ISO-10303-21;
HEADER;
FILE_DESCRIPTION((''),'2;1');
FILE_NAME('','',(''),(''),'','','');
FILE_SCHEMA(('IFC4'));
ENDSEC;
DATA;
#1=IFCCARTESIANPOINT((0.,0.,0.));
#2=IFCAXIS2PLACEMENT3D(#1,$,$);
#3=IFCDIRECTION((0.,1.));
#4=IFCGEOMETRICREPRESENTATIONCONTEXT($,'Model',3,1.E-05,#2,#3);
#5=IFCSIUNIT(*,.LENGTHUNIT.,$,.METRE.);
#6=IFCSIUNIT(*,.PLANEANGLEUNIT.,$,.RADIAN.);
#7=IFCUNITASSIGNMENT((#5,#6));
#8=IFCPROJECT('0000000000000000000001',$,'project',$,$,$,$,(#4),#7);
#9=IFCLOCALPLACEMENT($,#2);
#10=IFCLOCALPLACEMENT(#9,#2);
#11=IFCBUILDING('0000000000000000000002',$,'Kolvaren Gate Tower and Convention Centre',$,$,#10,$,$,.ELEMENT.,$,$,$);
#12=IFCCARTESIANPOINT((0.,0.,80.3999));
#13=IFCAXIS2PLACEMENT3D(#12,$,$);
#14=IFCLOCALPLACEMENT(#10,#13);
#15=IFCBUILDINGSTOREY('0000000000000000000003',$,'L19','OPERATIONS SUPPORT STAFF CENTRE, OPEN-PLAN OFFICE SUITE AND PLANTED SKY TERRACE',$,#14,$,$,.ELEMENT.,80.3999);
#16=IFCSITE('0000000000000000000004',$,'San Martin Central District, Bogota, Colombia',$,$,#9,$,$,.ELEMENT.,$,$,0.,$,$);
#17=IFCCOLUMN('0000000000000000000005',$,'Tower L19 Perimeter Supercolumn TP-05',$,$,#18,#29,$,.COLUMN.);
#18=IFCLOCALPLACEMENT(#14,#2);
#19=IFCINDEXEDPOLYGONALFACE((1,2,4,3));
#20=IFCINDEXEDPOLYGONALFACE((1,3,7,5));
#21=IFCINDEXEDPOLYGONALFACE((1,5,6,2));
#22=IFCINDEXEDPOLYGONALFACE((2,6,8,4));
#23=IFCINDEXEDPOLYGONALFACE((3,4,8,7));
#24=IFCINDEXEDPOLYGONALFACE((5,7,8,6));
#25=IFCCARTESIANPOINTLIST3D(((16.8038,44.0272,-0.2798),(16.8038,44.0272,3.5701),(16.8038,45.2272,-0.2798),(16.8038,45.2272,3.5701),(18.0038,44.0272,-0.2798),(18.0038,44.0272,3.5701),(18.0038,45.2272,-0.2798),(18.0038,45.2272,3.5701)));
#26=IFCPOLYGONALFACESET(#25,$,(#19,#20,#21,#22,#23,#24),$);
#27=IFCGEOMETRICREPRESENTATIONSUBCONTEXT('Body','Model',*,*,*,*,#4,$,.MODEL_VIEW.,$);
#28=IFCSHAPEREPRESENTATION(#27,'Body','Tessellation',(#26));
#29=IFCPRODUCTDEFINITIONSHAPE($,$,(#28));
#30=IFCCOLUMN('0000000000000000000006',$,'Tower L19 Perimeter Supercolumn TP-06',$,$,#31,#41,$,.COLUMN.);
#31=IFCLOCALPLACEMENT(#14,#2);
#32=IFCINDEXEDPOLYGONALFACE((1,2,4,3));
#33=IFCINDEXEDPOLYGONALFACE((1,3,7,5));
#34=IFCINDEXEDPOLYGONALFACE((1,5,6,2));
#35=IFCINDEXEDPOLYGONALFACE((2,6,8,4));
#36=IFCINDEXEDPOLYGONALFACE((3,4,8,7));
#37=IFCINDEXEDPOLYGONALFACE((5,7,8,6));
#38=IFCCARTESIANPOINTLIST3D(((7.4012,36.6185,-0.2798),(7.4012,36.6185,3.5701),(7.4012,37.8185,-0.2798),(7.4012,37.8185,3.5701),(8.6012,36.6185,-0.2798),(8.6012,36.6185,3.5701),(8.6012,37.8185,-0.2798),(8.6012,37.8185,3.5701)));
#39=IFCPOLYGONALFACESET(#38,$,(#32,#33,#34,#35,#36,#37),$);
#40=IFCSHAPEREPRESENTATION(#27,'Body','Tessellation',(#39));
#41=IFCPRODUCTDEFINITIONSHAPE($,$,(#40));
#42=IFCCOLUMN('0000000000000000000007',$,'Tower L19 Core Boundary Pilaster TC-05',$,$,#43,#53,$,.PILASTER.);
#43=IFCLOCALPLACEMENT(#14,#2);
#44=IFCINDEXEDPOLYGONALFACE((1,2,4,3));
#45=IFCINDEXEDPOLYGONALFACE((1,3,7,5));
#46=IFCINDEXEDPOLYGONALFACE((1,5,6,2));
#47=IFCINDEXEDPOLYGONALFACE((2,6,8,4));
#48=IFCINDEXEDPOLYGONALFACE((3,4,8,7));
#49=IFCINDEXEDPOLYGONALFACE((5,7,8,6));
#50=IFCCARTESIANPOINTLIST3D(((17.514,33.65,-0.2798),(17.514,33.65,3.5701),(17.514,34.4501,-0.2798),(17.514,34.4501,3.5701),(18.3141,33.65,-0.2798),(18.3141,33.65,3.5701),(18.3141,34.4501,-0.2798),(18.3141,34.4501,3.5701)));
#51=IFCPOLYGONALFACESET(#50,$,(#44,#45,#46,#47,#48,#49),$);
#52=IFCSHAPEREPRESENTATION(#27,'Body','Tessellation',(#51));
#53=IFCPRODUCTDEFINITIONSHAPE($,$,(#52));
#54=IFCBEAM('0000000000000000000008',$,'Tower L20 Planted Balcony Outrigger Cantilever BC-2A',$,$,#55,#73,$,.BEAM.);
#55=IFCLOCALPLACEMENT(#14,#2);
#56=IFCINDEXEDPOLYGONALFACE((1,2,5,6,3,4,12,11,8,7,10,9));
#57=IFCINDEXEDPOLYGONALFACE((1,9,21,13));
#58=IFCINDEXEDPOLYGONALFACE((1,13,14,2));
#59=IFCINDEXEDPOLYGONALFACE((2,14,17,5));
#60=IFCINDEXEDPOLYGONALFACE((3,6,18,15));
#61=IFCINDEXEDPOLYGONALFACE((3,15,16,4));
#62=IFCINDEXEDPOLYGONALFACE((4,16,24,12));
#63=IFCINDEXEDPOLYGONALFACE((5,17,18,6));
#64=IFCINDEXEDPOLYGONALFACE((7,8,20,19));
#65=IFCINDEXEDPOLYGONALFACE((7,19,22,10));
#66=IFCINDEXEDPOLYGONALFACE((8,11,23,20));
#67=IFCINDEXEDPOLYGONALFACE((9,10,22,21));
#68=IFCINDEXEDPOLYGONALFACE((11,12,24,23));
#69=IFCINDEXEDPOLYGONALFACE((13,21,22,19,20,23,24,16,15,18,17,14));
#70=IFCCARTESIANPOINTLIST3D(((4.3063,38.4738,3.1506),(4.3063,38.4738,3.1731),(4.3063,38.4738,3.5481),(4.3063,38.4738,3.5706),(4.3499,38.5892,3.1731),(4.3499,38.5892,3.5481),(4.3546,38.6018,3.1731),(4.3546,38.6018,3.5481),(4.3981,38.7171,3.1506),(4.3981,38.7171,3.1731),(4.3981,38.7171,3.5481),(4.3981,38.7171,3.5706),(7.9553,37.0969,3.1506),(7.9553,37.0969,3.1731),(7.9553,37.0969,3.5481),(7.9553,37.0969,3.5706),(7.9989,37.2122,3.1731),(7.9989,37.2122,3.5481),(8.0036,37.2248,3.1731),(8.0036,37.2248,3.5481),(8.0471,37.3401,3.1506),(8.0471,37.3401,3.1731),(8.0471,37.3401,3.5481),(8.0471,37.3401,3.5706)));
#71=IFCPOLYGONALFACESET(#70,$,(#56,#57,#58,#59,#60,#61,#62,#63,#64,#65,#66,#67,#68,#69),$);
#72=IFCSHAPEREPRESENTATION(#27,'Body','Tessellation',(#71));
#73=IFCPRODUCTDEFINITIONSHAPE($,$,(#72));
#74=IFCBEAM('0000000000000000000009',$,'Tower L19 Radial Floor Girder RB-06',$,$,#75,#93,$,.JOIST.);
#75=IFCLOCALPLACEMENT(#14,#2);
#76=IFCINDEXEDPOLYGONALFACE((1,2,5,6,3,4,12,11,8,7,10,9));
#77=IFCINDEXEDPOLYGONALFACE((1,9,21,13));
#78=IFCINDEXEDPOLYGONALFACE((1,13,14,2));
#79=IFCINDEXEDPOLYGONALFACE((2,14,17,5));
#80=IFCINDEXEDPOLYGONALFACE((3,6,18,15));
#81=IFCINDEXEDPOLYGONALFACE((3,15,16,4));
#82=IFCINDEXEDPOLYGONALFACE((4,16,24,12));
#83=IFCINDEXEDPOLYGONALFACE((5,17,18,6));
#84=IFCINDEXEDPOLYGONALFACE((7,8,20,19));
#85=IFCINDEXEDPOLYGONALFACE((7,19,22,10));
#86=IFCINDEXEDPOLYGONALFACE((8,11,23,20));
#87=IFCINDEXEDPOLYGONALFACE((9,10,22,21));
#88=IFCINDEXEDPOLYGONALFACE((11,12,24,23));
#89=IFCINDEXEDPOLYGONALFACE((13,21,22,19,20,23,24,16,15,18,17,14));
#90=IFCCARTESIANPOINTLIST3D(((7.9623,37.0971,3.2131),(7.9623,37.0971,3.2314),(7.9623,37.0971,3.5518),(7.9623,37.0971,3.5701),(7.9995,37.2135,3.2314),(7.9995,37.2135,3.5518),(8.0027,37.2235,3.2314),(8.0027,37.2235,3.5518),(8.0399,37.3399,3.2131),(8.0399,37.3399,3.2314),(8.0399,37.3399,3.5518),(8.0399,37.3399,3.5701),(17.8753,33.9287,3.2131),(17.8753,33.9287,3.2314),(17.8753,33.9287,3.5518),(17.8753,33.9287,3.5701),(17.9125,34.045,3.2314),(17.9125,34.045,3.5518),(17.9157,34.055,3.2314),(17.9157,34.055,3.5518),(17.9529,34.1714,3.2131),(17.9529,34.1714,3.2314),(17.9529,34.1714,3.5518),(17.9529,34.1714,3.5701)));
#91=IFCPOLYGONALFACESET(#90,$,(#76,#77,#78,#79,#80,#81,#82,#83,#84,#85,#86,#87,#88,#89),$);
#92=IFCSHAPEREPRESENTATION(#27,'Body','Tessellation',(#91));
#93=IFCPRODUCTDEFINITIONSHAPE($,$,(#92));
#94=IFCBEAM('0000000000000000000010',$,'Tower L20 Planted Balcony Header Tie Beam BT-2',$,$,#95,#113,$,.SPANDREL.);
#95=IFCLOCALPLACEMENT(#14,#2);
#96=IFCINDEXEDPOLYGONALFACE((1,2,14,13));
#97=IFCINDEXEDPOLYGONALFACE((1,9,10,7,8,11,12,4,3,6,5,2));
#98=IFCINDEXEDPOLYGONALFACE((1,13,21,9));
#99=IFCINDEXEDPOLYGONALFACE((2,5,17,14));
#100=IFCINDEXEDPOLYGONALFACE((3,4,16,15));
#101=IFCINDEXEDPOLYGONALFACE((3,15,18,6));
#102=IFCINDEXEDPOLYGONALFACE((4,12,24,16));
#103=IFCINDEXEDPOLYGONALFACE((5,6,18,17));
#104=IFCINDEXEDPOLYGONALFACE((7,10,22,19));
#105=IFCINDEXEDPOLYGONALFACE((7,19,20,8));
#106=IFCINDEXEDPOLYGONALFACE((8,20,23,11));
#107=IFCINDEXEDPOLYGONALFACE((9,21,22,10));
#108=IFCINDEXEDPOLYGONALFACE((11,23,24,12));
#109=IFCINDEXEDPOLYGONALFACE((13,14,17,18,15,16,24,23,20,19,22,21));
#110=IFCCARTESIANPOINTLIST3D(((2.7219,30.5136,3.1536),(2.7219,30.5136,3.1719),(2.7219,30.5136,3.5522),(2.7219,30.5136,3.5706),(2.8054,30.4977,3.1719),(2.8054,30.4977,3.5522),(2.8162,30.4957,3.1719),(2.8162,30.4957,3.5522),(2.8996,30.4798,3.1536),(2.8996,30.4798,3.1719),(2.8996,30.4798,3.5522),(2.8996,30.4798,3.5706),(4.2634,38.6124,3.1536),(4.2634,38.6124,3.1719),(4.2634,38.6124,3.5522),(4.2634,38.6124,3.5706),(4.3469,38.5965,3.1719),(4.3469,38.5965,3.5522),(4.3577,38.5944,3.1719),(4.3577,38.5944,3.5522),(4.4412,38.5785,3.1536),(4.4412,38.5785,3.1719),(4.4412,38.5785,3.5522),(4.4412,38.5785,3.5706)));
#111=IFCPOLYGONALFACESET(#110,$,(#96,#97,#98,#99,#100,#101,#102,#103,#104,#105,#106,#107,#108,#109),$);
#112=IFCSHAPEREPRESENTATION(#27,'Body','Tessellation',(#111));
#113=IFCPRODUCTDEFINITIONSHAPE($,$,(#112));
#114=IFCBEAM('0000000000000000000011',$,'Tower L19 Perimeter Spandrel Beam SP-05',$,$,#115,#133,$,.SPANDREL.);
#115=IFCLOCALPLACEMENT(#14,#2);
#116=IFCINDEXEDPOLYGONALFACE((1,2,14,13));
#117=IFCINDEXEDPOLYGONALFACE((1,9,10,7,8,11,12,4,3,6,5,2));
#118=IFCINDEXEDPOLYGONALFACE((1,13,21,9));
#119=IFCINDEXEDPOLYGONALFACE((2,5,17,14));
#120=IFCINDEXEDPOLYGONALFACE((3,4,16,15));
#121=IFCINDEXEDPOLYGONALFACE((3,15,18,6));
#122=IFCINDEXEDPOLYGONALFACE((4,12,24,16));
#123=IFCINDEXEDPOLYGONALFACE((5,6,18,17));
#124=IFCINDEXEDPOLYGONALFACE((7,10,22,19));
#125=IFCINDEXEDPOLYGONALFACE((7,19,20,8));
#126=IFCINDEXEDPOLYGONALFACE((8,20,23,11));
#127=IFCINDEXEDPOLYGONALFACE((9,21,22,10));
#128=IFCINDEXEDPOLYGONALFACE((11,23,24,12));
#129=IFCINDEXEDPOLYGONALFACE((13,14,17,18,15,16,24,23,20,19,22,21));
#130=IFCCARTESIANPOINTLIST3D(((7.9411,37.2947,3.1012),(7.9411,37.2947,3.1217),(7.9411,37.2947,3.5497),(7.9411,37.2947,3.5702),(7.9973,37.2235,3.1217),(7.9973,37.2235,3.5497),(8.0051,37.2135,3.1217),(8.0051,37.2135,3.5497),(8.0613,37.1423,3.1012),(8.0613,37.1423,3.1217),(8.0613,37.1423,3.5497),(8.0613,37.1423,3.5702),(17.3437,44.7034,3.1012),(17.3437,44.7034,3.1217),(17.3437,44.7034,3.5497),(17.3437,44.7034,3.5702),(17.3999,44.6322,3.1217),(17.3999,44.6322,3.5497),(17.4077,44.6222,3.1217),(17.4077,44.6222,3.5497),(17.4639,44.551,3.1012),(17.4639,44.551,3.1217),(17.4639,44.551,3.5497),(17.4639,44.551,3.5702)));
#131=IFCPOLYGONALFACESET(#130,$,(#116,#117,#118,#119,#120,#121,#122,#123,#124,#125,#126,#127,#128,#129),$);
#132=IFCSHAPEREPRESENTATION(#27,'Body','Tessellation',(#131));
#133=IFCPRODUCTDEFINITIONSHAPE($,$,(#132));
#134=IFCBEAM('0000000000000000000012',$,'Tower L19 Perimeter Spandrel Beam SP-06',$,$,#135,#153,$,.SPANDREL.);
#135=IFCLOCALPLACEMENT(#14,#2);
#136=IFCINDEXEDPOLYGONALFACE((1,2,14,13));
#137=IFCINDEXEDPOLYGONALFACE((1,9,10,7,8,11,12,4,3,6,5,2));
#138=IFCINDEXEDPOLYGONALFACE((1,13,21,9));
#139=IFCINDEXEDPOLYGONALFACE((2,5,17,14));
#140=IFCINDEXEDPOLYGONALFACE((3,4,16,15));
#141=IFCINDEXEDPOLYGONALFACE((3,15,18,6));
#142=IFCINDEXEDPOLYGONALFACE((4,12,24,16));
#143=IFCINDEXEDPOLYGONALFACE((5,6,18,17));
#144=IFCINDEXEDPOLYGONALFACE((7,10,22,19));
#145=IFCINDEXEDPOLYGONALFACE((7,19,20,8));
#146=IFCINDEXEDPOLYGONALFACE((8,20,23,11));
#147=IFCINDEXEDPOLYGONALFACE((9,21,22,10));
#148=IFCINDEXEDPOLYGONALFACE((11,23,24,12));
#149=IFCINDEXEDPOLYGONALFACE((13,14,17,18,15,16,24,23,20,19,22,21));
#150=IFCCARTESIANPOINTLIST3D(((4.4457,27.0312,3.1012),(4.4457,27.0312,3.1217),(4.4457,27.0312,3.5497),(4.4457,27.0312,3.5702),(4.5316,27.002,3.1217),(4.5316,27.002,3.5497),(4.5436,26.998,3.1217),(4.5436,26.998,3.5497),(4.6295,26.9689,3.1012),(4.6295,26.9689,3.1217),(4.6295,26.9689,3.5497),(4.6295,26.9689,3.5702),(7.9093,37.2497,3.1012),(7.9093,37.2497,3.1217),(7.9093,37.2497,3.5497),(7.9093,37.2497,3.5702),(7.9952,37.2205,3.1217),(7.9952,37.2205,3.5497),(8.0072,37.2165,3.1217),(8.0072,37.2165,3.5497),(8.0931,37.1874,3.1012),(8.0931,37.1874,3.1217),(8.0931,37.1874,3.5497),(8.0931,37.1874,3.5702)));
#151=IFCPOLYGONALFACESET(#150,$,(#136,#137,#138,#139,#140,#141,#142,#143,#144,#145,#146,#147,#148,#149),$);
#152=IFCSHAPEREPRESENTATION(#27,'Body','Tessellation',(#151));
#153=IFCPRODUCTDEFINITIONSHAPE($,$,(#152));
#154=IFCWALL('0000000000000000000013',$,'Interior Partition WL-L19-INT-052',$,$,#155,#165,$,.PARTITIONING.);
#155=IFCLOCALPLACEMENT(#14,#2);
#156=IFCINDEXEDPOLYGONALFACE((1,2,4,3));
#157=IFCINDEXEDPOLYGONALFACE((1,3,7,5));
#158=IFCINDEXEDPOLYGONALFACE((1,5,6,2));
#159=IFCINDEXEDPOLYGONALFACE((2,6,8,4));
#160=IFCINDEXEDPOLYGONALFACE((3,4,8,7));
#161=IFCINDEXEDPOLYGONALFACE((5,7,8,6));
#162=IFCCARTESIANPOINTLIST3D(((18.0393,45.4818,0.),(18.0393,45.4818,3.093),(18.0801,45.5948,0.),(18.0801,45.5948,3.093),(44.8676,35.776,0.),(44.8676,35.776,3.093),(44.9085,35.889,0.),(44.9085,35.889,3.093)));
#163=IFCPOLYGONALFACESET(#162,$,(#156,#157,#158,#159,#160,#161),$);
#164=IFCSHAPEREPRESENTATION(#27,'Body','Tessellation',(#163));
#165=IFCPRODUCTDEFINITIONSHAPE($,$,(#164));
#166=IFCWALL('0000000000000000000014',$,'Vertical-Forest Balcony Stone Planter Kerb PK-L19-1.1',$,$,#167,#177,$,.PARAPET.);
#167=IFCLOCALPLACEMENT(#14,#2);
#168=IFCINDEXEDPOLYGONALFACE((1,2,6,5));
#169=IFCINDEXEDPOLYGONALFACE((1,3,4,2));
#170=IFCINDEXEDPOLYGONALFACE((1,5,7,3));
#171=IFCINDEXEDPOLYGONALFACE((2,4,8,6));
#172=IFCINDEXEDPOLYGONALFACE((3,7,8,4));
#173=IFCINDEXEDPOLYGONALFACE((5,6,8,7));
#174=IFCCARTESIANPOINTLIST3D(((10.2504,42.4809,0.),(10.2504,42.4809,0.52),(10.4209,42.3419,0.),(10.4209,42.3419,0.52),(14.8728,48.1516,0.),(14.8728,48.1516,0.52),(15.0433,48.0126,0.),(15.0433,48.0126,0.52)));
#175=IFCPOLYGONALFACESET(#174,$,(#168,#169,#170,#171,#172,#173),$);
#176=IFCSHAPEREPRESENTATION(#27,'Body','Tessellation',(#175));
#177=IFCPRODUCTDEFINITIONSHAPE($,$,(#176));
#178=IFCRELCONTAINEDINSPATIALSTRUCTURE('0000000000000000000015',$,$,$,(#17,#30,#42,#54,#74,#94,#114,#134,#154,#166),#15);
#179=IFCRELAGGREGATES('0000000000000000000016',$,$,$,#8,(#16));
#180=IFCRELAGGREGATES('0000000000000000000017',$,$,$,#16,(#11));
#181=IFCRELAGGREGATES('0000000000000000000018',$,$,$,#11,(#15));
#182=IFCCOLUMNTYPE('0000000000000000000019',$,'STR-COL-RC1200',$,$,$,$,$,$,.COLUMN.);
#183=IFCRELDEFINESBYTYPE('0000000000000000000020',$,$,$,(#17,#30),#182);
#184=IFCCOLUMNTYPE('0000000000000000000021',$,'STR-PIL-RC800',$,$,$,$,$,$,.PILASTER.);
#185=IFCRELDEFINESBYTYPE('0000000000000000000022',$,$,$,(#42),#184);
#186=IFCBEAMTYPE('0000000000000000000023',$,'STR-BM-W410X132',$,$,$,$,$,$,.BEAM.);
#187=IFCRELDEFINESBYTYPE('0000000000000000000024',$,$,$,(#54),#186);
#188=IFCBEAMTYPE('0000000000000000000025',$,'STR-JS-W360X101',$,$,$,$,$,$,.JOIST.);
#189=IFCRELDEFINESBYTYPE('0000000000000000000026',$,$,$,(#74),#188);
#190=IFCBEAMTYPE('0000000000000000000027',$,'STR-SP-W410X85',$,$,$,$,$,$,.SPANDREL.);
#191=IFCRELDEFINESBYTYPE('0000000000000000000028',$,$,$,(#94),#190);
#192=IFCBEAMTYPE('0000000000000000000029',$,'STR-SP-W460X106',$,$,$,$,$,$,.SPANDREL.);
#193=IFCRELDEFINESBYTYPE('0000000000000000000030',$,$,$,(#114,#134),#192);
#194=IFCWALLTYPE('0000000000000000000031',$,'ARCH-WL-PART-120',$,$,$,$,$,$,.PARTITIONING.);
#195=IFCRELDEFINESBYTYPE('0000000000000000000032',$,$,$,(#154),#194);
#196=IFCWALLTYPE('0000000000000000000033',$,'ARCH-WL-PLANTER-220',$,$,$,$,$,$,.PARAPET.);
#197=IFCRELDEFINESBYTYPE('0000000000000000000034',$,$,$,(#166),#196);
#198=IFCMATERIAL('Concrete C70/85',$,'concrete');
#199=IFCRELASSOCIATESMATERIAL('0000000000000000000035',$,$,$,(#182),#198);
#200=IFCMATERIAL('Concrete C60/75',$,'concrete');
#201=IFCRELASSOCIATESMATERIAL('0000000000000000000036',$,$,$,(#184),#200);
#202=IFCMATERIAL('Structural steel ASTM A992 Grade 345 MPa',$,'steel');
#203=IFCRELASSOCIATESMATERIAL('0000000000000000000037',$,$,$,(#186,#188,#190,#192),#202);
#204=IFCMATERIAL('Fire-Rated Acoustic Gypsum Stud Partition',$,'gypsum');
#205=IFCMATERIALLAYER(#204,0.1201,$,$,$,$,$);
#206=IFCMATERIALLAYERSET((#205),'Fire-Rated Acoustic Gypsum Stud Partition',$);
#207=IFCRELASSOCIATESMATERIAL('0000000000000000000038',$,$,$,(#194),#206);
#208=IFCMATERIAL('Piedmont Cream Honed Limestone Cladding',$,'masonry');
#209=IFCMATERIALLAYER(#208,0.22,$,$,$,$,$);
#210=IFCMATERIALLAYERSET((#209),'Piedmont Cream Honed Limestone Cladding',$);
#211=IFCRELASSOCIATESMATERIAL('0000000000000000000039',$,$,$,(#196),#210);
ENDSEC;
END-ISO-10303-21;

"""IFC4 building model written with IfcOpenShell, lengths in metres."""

from ifc_helpers import new_model, si_unit, direction, frame, frame_2d, origin, origin_2d, place, context, subcontext, project, spatial, rectangle, i_section, extrude, material, layer, layer_set, material_profile, profile_set, type_object, element, save


model = new_model("IFC4")

# Units and contexts
model_context = context("Model", 3, precision=1e-05, world=origin(), true_north=direction((0.0, 1.0)))
body_context = subcontext(model_context, "Body", "Model", "MODEL_VIEW")
ifc_project = project(units=[si_unit("LENGTHUNIT", "METRE"), si_unit("PLANEANGLEUNIT", "RADIAN")], contexts=[model_context])

# Site, building, storey
site_placement = place(None, origin())
site = spatial("IfcSite", under=ifc_project, at=site_placement, Name="San Martin Central District, Bogota, Colombia", CompositionType="ELEMENT", RefElevation=0.0)
building_placement = place(site_placement, origin())
building = spatial("IfcBuilding", under=site, at=building_placement, Name="Kolvaren Gate Tower and Convention Centre", CompositionType="ELEMENT")
storey_placement = place(building_placement, frame((0.0, 0.0, 80.3999)))
storey = spatial("IfcBuildingStorey", under=building, at=storey_placement, Name="L19", Description="OPERATIONS SUPPORT STAFF CENTRE, OPEN-PLAN OFFICE SUITE AND PLANTED SKY TERRACE", CompositionType="ELEMENT", Elevation=80.3999)

# Columns
ifc_material_1 = material(Name="Concrete C70/85", Category="concrete")
ifc_material_profile_1 = material_profile(ifc_material_1, rectangle(XDim=1.2, YDim=1.2, at=origin_2d()), Name="RC-COL-1200X1200")
ifc_profile_set_1 = profile_set([ifc_material_profile_1], Name="Concrete C70/85")
column_type_1 = type_object("IfcColumnType", Name="STR-COL-RC1200", PredefinedType="COLUMN", material=ifc_profile_set_1)
for number, where, z_axis, x_axis, name in (
    (1, (17.4038, 44.6272, -0.2798), (0.0, 0.0, 1.0), (1.0, 0.0, 0.0), "Tower L19 Perimeter Supercolumn TP-05"),
    (2, (8.0012, 37.2185, -0.2798), (0.0, 0.0, 1.0), (1.0, 0.0, 0.0), "Tower L19 Perimeter Supercolumn TP-06"),
):
    element("IfcColumn", number, at=place(storey_placement, frame(where, z_axis=z_axis, x_axis=x_axis)), inside=storey, type_object=column_type_1, Name=name, PredefinedType="COLUMN", context=body_context, shape_type="SweptSolid", body=[
        extrude(rectangle(XDim=1.2, YDim=1.2, at=origin_2d()), origin(), (0.0, 0.0, 1.0), 3.8499),
    ])
ifc_material_2 = material(Name="Concrete C60/75", Category="concrete")
ifc_material_profile_2 = material_profile(ifc_material_2, rectangle(XDim=0.8, YDim=0.8, at=origin_2d()), Name="RC-COL-800X800")
ifc_profile_set_2 = profile_set([ifc_material_profile_2], Name="Concrete C60/75")
column_type_2 = type_object("IfcColumnType", Name="STR-PIL-RC800", PredefinedType="PILASTER", material=ifc_profile_set_2)
column_placement = place(storey_placement, frame((17.9141, 34.05, -0.2798), z_axis=(0.0, 0.0, 1.0), x_axis=(1.0, 0.0, 0.0)))
element("IfcColumn", 3, at=column_placement, inside=storey, type_object=column_type_2, Name="Tower L19 Core Boundary Pilaster TC-05", PredefinedType="PILASTER", context=body_context, shape_type="SweptSolid", body=[
    extrude(rectangle(XDim=0.8, YDim=0.8, at=origin_2d()), origin(), (0.0, 0.0, 1.0), 3.8499),
])

# Beams
ifc_material_3 = material(Name="Structural steel ASTM A992 Grade 345 MPa", Category="steel")
ifc_material_profile_3 = material_profile(ifc_material_3, i_section(OverallWidth=0.26, OverallDepth=0.4199, WebThickness=0.0134, FlangeThickness=0.0225, at=origin_2d()), Name="W410X132")
ifc_profile_set_3 = profile_set([ifc_material_profile_3], Name="Structural steel ASTM A992 Grade 345 MPa")
beam_type_1 = type_object("IfcBeamType", Name="STR-BM-W410X132", PredefinedType="BEAM", material=ifc_profile_set_3)
beam_1_placement = place(storey_placement, frame((8.0012, 37.2185, 3.3606), z_axis=(-0.935602, 0.353057, 0.0), x_axis=(-0.353057, -0.935602, 0.0)))
element("IfcBeam", 4, at=beam_1_placement, inside=storey, type_object=beam_type_1, Name="Tower L20 Planted Balcony Outrigger Cantilever BC-2A", PredefinedType="BEAM", context=body_context, shape_type="SweptSolid", body=[
    extrude(i_section(OverallWidth=0.26, OverallDepth=0.4199, WebThickness=0.0134, FlangeThickness=0.0225, at=origin_2d()), origin(), (0.0, 0.0, 1.0), 3.9001),
])
ifc_material_profile_4 = material_profile(ifc_material_3, i_section(OverallWidth=0.2549, OverallDepth=0.3569, WebThickness=0.0105, FlangeThickness=0.0183, at=origin_2d()), Name="W360X101")
ifc_profile_set_4 = profile_set([ifc_material_profile_4], Name="Structural steel ASTM A992 Grade 345 MPa")
beam_type_2 = type_object("IfcBeamType", Name="STR-JS-W360X101", PredefinedType="JOIST", material=ifc_profile_set_4)
beam_2_placement = place(storey_placement, frame((17.9141, 34.05, 3.3916), z_axis=(-0.952526, 0.304457, 0.0), x_axis=(-0.304457, -0.952526, 0.0)))
element("IfcBeam", 5, at=beam_2_placement, inside=storey, type_object=beam_type_2, Name="Tower L19 Radial Floor Girder RB-06", PredefinedType="JOIST", context=body_context, shape_type="SweptSolid", body=[
    extrude(i_section(OverallWidth=0.2549, OverallDepth=0.3569, WebThickness=0.0105, FlangeThickness=0.0183, at=origin_2d()), origin(), (0.0, 0.0, 1.0), 10.407),
])
ifc_material_profile_5 = material_profile(ifc_material_3, i_section(OverallWidth=0.1809, OverallDepth=0.417, WebThickness=0.011, FlangeThickness=0.0183, at=origin_2d()), Name="W410X85")
ifc_profile_set_5 = profile_set([ifc_material_profile_5], Name="Structural steel ASTM A992 Grade 345 MPa")
beam_type_3 = type_object("IfcBeamType", Name="STR-SP-W410X85", PredefinedType="SPANDREL", material=ifc_profile_set_5)
beam_3_placement = place(storey_placement, frame((4.3523, 38.5955, 3.3621), z_axis=(-0.186984, -0.982363, 0.0), x_axis=(0.982363, -0.186984, 0.0)))
element("IfcBeam", 6, at=beam_3_placement, inside=storey, type_object=beam_type_3, Name="Tower L20 Planted Balcony Header Tie Beam BT-2", PredefinedType="SPANDREL", context=body_context, shape_type="SweptSolid", body=[
    extrude(i_section(OverallWidth=0.1809, OverallDepth=0.417, WebThickness=0.011, FlangeThickness=0.0183, at=origin_2d()), origin(), (0.0, 0.0, 1.0), 8.2441),
])
ifc_material_profile_6 = material_profile(ifc_material_3, i_section(OverallWidth=0.1941, OverallDepth=0.469, WebThickness=0.0127, FlangeThickness=0.0205, at=origin_2d()), Name="W460X106")
ifc_profile_set_6 = profile_set([ifc_material_profile_6], Name="Structural steel ASTM A992 Grade 345 MPa")
beam_type_4 = type_object("IfcBeamType", Name="STR-SP-W460X106", PredefinedType="SPANDREL", material=ifc_profile_set_6)
beam_4_placement = place(storey_placement, frame((17.4038, 44.6272, 3.3357), z_axis=(-0.785468, -0.618903, 0.0), x_axis=(0.618903, -0.785468, 0.0)))
element("IfcBeam", 7, at=beam_4_placement, inside=storey, type_object=beam_type_4, Name="Tower L19 Perimeter Spandrel Beam SP-05", PredefinedType="SPANDREL", context=body_context, shape_type="SweptSolid", body=[
    extrude(i_section(OverallWidth=0.1941, OverallDepth=0.469, WebThickness=0.0127, FlangeThickness=0.0205, at=origin_2d()), origin(), (0.0, 0.0, 1.0), 11.9707),
])
beam_5_placement = place(storey_placement, frame((8.0012, 37.2185, 3.3357), z_axis=(-0.321016, -0.947074, 0.0), x_axis=(0.947074, -0.321016, 0.0)))
element("IfcBeam", 8, at=beam_5_placement, inside=storey, type_object=beam_type_4, Name="Tower L19 Perimeter Spandrel Beam SP-06", PredefinedType="SPANDREL", context=body_context, shape_type="SweptSolid", body=[
    extrude(i_section(OverallWidth=0.1941, OverallDepth=0.469, WebThickness=0.0127, FlangeThickness=0.0205, at=origin_2d()), origin(), (0.0, 0.0, 1.0), 10.7896),
])

# Walls
ifc_material_4 = material(Name="Fire-Rated Acoustic Gypsum Stud Partition", Category="gypsum")
ifc_layer_1 = layer(ifc_material_4, 0.1201)
ifc_layer_set_1 = layer_set([ifc_layer_1], Name="Fire-Rated Acoustic Gypsum Stud Partition")
wall_type_1 = type_object("IfcWallType", Name="ARCH-WL-PART-120", PredefinedType="PARTITIONING", material=ifc_layer_set_1)
wall_1_placement = place(storey_placement, frame((18.0596, 45.5383, 0.0), z_axis=(0.0, 0.0, 1.0), x_axis=(0.940355, -0.340196, 0.0)))
element("IfcWall", 9, at=wall_1_placement, inside=storey, type_object=wall_type_1, Name="Interior Partition WL-L19-INT-052", PredefinedType="PARTITIONING", context=body_context, shape_type="SweptSolid", body=[
    extrude(rectangle(XDim=28.53, YDim=0.1201, at=frame_2d((14.2651, 0.0))), origin(), (0.0, 0.0, 1.0), 3.093),
])
ifc_material_5 = material(Name="Piedmont Cream Honed Limestone Cladding", Category="masonry")
ifc_layer_2 = layer(ifc_material_5, 0.22)
ifc_layer_set_2 = layer_set([ifc_layer_2], Name="Piedmont Cream Honed Limestone Cladding")
wall_type_2 = type_object("IfcWallType", Name="ARCH-WL-PLANTER-220", PredefinedType="PARAPET", material=ifc_layer_set_2)
wall_2_placement = place(storey_placement, frame((10.3357, 42.4114, 0.0), z_axis=(0.0, 0.0, 1.0), x_axis=(0.631819, 0.775116, 0.0)))
element("IfcWall", 10, at=wall_2_placement, inside=storey, type_object=wall_type_2, Name="Vertical-Forest Balcony Stone Planter Kerb PK-L19-1.1", PredefinedType="PARAPET", context=body_context, shape_type="SweptSolid", body=[
    extrude(rectangle(XDim=7.3159, YDim=0.22, at=frame_2d((3.658, 0.0))), origin(), (0.0, 0.0, 1.0), 0.52),
])

save(model, "model.ifc")
